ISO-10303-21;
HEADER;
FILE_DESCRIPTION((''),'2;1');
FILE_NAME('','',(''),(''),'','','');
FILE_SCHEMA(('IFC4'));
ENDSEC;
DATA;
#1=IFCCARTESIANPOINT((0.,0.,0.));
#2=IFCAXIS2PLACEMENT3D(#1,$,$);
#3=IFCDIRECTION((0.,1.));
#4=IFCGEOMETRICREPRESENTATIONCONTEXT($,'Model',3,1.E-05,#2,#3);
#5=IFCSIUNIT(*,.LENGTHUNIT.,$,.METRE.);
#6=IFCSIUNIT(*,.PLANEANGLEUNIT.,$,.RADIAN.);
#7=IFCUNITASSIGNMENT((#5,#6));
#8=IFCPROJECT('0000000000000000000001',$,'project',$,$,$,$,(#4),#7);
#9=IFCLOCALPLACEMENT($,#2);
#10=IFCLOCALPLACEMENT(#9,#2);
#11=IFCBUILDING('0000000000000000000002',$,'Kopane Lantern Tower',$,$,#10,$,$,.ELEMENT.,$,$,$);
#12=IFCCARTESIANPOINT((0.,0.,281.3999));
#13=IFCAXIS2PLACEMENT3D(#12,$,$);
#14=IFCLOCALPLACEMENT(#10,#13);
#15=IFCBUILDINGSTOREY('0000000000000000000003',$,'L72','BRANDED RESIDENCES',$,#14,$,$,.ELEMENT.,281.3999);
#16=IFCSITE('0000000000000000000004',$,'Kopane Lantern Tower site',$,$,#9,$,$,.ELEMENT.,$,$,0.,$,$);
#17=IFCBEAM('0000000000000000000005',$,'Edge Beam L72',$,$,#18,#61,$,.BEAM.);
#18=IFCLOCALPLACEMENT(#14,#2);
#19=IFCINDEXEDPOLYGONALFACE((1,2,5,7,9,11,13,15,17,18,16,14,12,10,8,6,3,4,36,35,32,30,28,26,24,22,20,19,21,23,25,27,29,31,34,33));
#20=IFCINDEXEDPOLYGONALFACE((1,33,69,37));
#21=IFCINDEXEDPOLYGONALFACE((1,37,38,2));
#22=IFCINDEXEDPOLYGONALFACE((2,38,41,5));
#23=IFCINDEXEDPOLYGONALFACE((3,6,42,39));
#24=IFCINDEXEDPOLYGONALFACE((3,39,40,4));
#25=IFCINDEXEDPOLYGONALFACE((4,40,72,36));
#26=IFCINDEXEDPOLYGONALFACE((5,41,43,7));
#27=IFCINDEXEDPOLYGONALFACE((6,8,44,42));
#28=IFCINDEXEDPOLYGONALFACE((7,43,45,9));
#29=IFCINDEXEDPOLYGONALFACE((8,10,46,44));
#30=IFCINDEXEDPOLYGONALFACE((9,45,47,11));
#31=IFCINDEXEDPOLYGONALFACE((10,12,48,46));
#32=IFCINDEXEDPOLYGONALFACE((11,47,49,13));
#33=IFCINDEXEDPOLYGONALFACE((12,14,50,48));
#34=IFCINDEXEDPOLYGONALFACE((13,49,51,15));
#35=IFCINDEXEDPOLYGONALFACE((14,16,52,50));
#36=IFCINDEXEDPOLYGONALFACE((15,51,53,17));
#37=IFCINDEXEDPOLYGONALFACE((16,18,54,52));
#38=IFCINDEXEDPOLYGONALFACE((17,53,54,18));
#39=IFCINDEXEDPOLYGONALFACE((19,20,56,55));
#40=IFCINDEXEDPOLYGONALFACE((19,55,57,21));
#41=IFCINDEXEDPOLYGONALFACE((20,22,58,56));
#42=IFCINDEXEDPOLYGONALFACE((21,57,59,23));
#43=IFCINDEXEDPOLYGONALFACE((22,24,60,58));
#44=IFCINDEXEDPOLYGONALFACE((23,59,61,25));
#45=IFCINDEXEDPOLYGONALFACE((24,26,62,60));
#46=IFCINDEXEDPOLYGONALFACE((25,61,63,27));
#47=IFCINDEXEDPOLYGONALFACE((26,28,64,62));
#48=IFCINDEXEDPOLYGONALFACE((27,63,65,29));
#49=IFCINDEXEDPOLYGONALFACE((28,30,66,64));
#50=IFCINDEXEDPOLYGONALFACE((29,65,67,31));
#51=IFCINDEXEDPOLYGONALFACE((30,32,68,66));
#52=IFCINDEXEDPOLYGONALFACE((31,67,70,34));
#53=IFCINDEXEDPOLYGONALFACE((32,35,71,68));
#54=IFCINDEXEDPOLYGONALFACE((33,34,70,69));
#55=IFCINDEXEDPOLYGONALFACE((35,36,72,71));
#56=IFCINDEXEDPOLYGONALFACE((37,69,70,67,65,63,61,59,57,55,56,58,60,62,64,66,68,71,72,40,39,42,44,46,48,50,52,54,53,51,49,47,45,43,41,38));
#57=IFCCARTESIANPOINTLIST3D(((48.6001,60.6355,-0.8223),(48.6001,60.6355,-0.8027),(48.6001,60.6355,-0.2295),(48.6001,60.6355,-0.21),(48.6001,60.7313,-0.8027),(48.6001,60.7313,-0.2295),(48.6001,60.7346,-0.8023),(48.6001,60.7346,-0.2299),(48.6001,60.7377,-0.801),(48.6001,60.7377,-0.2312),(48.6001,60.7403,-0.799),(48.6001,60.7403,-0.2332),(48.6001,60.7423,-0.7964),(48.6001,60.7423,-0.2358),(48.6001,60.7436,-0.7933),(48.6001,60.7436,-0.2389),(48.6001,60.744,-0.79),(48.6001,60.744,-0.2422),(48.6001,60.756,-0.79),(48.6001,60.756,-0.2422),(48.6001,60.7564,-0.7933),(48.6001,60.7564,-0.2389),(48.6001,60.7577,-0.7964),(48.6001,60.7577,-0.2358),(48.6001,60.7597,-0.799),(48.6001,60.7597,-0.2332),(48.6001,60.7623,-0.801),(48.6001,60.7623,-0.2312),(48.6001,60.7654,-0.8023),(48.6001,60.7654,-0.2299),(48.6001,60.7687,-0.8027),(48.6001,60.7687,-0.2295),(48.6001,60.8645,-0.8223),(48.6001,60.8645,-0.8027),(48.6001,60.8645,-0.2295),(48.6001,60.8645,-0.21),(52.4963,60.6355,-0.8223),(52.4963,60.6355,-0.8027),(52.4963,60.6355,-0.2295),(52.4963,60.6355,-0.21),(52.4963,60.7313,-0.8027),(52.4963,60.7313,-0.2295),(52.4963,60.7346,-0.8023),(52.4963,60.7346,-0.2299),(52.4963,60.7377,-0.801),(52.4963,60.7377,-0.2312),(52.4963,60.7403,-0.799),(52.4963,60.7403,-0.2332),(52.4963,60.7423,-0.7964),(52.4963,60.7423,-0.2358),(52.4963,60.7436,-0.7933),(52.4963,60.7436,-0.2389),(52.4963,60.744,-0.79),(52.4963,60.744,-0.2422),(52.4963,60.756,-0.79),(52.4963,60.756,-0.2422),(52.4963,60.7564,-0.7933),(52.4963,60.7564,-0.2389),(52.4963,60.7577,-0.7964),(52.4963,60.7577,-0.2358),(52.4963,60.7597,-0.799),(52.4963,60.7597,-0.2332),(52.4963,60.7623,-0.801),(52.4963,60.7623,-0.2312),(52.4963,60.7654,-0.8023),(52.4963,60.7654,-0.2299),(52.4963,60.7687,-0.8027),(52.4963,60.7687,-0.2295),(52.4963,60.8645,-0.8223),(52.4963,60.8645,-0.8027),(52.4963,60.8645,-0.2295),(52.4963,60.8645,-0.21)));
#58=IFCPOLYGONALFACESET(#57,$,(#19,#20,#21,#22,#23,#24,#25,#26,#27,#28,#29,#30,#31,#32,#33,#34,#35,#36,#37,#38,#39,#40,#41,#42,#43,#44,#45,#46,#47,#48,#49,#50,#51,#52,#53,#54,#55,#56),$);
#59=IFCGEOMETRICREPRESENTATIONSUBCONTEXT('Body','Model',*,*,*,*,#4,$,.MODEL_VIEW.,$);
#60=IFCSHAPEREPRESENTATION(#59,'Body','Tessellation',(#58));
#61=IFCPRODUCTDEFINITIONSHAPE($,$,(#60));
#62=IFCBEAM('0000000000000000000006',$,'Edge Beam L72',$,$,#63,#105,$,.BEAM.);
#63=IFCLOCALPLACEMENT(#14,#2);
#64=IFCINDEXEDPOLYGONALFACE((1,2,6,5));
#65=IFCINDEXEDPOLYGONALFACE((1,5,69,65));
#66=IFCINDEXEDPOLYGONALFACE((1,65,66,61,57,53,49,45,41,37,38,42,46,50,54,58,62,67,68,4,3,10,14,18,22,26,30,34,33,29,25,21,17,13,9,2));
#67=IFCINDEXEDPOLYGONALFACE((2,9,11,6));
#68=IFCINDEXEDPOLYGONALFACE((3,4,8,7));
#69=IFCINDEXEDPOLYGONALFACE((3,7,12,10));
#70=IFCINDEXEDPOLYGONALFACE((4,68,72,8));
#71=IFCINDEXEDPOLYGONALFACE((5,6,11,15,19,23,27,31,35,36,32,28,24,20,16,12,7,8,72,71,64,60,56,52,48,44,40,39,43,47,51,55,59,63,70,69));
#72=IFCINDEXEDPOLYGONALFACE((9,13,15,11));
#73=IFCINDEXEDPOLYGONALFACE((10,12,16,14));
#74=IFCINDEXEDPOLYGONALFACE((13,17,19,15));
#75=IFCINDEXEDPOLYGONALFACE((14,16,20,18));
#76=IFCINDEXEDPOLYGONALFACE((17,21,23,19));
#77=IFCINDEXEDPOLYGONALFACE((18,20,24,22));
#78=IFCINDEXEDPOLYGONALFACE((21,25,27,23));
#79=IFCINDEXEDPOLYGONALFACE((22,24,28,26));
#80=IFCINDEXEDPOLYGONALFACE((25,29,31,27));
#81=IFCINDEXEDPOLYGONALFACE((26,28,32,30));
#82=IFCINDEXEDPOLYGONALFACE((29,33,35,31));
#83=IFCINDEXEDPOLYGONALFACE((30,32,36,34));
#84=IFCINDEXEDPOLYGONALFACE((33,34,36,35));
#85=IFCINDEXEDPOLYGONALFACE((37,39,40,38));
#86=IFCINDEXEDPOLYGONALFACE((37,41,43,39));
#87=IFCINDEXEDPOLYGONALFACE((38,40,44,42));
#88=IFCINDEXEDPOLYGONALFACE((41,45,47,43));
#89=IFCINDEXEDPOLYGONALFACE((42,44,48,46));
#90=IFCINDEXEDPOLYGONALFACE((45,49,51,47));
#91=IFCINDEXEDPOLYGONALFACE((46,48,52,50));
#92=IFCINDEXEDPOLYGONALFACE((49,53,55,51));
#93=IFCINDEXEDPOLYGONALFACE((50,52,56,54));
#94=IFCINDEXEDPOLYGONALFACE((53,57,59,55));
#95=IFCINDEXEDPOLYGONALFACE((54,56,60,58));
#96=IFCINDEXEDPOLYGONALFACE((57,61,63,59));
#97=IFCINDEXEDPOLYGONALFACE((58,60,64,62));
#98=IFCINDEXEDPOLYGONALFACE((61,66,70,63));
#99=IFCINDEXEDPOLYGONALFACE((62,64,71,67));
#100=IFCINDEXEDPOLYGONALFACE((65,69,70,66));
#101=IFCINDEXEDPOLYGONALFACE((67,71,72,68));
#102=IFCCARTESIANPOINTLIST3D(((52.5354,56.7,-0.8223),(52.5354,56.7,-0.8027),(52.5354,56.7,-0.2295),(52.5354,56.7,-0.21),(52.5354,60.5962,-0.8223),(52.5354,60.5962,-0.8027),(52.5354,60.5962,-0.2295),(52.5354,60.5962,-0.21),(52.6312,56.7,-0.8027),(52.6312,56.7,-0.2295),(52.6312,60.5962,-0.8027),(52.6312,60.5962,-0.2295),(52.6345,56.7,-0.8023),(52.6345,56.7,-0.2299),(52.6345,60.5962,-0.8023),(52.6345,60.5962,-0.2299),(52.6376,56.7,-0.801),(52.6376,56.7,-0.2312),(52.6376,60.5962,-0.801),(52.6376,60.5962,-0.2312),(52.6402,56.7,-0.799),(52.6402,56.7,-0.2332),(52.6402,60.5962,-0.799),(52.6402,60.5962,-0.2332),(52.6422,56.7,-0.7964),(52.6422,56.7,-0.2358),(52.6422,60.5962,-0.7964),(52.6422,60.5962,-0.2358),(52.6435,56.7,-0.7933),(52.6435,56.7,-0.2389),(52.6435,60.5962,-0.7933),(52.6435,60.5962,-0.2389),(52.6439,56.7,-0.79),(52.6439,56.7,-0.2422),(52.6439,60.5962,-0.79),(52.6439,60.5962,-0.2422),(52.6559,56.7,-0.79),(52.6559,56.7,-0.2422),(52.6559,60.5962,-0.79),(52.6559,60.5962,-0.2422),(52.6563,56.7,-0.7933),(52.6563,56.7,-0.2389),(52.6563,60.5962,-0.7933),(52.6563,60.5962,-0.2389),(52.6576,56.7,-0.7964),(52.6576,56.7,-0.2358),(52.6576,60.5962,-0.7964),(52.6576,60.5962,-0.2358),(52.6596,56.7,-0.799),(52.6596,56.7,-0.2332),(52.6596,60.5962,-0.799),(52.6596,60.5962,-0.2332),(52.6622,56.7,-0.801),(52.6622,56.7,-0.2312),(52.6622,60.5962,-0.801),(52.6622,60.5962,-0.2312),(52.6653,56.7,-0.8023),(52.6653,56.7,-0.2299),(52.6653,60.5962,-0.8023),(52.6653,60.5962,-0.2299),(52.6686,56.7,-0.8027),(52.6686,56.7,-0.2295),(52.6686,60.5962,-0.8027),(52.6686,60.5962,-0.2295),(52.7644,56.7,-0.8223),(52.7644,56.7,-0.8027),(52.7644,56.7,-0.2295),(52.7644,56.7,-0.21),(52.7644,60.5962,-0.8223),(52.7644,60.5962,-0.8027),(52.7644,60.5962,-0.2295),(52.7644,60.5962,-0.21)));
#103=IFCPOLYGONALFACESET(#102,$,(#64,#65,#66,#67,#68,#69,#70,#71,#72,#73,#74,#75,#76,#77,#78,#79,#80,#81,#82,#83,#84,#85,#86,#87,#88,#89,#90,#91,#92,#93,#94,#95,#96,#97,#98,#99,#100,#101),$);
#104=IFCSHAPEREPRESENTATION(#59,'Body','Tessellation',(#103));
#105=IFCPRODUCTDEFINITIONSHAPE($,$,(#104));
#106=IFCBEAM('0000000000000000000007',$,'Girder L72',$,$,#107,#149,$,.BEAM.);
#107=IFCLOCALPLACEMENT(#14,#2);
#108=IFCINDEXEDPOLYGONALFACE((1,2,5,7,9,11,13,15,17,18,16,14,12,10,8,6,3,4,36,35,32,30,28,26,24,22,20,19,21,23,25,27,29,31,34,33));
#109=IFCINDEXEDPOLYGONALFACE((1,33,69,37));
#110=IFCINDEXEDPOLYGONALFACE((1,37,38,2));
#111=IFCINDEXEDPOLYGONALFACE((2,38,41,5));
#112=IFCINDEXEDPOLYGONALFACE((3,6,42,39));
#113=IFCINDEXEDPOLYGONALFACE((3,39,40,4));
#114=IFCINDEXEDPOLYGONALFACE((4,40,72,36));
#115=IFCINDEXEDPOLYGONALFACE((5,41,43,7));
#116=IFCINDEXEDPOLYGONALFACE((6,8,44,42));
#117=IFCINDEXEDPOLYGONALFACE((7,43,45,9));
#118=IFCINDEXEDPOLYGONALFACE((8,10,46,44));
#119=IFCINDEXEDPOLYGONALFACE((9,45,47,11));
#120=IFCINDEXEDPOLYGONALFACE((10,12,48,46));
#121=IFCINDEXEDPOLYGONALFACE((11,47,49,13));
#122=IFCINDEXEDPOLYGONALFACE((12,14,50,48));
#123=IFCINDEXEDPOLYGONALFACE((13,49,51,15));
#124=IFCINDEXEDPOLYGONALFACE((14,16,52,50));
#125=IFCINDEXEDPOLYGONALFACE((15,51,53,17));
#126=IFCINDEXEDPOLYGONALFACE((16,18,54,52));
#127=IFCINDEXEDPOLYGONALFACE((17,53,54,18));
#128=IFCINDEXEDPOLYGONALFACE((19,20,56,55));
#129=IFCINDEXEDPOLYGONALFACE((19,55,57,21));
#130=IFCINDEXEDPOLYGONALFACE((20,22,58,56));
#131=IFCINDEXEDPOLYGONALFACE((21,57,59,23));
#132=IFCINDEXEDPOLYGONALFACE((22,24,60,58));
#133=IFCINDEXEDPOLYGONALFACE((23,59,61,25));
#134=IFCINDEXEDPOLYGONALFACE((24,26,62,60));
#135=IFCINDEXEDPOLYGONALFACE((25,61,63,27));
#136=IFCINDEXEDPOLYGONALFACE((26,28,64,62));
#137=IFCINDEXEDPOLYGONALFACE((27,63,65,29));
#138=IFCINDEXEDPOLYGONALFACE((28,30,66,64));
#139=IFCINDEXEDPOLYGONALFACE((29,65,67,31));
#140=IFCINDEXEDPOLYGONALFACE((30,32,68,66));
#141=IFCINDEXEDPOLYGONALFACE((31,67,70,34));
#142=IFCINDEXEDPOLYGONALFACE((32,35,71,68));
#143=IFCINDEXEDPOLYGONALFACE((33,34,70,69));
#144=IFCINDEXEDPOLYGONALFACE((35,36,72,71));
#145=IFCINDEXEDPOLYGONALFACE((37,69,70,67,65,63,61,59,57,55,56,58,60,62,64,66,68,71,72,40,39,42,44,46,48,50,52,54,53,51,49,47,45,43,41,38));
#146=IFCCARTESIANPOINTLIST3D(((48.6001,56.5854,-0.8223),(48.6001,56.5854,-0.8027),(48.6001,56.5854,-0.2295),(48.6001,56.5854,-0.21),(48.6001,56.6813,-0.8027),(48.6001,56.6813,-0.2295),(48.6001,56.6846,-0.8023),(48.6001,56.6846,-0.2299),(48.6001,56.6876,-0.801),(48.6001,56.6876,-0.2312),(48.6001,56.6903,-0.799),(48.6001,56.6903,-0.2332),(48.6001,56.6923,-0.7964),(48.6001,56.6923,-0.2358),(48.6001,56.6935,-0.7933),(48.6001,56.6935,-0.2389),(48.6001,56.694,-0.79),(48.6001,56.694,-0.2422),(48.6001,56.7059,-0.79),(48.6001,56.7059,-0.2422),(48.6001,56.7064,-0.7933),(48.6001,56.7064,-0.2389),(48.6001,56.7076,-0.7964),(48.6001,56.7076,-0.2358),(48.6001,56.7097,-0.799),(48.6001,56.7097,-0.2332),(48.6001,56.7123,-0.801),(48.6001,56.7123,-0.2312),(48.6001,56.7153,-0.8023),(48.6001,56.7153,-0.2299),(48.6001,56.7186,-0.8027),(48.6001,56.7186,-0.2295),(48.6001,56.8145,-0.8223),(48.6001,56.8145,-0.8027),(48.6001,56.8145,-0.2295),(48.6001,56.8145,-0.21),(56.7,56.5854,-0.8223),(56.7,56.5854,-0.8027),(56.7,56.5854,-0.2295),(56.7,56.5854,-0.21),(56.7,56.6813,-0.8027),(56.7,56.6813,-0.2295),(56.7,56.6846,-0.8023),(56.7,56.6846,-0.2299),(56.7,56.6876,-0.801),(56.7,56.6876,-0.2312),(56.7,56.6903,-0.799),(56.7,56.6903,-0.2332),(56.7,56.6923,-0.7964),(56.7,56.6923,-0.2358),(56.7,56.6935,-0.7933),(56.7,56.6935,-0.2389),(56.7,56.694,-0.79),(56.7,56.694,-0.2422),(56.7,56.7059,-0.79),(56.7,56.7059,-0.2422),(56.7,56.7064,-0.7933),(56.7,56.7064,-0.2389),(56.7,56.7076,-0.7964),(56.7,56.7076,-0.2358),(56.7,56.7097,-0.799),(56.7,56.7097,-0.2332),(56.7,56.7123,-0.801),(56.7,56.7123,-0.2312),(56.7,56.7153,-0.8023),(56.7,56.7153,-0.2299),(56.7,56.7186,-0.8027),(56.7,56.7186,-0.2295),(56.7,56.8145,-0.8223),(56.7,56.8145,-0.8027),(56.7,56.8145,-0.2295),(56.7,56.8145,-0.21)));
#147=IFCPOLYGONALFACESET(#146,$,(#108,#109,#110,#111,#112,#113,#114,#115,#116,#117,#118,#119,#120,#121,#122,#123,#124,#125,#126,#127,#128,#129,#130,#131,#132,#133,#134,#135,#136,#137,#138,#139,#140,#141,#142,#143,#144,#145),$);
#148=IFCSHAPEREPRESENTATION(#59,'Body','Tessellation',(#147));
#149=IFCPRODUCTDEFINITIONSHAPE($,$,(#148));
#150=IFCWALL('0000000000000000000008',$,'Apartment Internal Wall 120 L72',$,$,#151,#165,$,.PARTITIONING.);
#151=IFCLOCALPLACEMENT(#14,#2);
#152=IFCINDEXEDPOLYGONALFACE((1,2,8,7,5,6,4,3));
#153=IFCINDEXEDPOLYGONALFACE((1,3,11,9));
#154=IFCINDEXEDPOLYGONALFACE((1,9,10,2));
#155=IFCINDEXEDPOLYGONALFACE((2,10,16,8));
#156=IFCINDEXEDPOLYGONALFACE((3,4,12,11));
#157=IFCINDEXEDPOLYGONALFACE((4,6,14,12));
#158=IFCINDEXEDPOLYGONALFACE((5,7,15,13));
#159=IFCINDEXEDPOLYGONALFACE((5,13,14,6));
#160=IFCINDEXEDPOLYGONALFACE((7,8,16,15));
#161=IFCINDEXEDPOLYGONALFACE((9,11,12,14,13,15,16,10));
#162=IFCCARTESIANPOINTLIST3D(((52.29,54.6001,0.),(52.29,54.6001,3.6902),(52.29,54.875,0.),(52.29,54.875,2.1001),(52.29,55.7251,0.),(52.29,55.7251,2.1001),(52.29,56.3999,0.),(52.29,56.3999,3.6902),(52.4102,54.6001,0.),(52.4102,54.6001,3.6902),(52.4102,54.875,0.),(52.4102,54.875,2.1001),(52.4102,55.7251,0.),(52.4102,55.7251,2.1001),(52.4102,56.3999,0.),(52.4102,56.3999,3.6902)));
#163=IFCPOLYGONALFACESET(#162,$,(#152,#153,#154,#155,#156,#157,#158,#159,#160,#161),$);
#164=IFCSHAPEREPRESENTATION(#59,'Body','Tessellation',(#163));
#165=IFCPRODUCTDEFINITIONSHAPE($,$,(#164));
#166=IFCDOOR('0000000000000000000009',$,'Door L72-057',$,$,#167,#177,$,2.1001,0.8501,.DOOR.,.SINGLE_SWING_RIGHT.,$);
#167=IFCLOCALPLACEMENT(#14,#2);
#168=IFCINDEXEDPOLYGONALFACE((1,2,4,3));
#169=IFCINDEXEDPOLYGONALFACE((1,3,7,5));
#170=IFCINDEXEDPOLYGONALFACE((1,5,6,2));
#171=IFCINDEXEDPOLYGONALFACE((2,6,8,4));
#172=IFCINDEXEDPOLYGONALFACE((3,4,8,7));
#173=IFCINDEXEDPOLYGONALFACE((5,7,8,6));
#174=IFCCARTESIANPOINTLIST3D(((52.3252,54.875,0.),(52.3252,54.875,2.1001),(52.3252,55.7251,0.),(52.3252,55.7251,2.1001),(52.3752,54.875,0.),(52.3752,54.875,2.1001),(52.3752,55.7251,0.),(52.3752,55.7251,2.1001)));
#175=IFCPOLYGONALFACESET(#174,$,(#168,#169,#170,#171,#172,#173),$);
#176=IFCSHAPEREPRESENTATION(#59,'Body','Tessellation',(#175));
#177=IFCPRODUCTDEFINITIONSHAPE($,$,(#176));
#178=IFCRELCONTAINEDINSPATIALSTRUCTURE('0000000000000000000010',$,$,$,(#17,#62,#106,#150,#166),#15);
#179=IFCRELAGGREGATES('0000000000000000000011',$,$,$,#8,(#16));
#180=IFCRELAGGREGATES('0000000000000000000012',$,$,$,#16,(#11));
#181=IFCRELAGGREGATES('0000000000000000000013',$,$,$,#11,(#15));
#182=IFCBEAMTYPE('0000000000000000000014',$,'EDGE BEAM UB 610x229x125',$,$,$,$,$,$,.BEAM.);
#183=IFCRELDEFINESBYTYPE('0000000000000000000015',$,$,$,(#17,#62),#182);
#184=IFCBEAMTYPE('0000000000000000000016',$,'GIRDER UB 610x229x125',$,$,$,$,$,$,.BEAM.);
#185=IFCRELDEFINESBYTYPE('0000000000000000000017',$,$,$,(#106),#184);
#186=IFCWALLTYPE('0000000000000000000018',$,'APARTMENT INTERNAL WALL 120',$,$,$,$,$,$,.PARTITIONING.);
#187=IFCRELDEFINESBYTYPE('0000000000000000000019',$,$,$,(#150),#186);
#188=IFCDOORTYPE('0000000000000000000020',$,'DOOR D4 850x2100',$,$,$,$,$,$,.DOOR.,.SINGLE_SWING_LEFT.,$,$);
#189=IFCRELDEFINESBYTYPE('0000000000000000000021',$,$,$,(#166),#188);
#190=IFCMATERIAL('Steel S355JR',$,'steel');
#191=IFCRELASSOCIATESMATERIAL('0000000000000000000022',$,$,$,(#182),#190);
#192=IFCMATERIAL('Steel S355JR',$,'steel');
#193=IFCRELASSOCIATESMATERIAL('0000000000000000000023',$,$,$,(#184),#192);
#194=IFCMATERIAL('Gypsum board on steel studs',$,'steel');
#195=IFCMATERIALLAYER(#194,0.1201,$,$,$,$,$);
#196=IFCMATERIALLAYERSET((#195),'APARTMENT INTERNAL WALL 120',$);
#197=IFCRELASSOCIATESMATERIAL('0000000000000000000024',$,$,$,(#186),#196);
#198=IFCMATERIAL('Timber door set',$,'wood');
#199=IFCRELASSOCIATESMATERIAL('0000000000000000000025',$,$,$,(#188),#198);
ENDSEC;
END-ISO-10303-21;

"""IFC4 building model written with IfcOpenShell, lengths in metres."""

from ifc_helpers import new_model, si_unit, direction, frame, frame_2d, origin, origin_2d, place, context, subcontext, project, spatial, rectangle, i_section, extrude, material, layer, layer_set, material_profile, profile_set, type_object, element, fill, save


model = new_model("IFC4")

# Units and contexts
model_context = context("Model", 3, precision=1e-05, world=origin(), true_north=direction((0.0, 1.0)))
body_context = subcontext(model_context, "Body", "Model", "MODEL_VIEW")
ifc_project = project(units=[si_unit("LENGTHUNIT", "METRE"), si_unit("PLANEANGLEUNIT", "RADIAN")], contexts=[model_context])

# Site, building, storey
site_placement = place(None, origin())
site = spatial("IfcSite", under=ifc_project, at=site_placement, Name="Kopane Lantern Tower site", CompositionType="ELEMENT", RefElevation=0.0)
building_placement = place(site_placement, origin())
building = spatial("IfcBuilding", under=site, at=building_placement, Name="Kopane Lantern Tower", CompositionType="ELEMENT")
storey_placement = place(building_placement, frame((0.0, 0.0, 281.3999)))
storey = spatial("IfcBuildingStorey", under=building, at=storey_placement, Name="L72", Description="BRANDED RESIDENCES", CompositionType="ELEMENT", Elevation=281.3999)

# Beams
ifc_material_1 = material(Name="Steel S355JR", Category="steel")
ifc_material_profile_1 = material_profile(ifc_material_1, i_section(OverallWidth=0.229, OverallDepth=0.6123, WebThickness=0.012, FlangeThickness=0.0195, FilletRadius=0.0127, at=origin_2d()), Name="UB 610x229x125")
ifc_profile_set_1 = profile_set([ifc_material_profile_1], Name="Steel S355JR")
beam_type_1 = type_object("IfcBeamType", Name="EDGE BEAM UB 610x229x125", PredefinedType="BEAM", material=ifc_profile_set_1)
for number, where, z_axis, x_axis, name in (
    (1, (52.4963, 60.75, -0.5161), (-1.0, 0.0, 0.0), (0.0, -1.0, 0.0), "Edge Beam L72"),
    (2, (52.6499, 60.5962, -0.5161), (0.0, -1.0, 0.0), (1.0, 0.0, 0.0), "Edge Beam L72"),
):
    element("IfcBeam", number, at=place(storey_placement, frame(where, z_axis=z_axis, x_axis=x_axis)), inside=storey, type_object=beam_type_1, Name=name, PredefinedType="BEAM", context=body_context, shape_type="SweptSolid", body=[
        extrude(i_section(OverallWidth=0.229, OverallDepth=0.6123, WebThickness=0.012, FlangeThickness=0.0195, FilletRadius=0.0127, at=origin_2d()), origin(), (0.0, 0.0, 1.0), 3.8962),
    ])
ifc_material_2 = material(Name="Steel S355JR", Category="steel")
ifc_material_profile_2 = material_profile(ifc_material_2, i_section(OverallWidth=0.229, OverallDepth=0.6123, WebThickness=0.012, FlangeThickness=0.0195, FilletRadius=0.0127, at=origin_2d()), Name="UB 610x229x125")
ifc_profile_set_2 = profile_set([ifc_material_profile_2], Name="Steel S355JR")
beam_type_2 = type_object("IfcBeamType", Name="GIRDER UB 610x229x125", PredefinedType="BEAM", material=ifc_profile_set_2)
beam_1_placement = place(storey_placement, frame((48.6001, 56.7, -0.5161), z_axis=(1.0, 0.0, 0.0), x_axis=(0.0, 1.0, 0.0)))
element("IfcBeam", 3, at=beam_1_placement, inside=storey, type_object=beam_type_2, Name="Girder L72", PredefinedType="BEAM", context=body_context, shape_type="SweptSolid", body=[
    extrude(i_section(OverallWidth=0.229, OverallDepth=0.6123, WebThickness=0.012, FlangeThickness=0.0195, FilletRadius=0.0127, at=origin_2d()), origin(), (0.0, 0.0, 1.0), 8.0999),
])

# Wall, opening, door
ifc_material_3 = material(Name="Gypsum board on steel studs", Category="steel")
ifc_layer_1 = layer(ifc_material_3, 0.1201)
ifc_layer_set_1 = layer_set([ifc_layer_1], Name="APARTMENT INTERNAL WALL 120")
wall_type_1 = type_object("IfcWallType", Name="APARTMENT INTERNAL WALL 120", PredefinedType="PARTITIONING", material=ifc_layer_set_1)
wall_1_placement = place(storey_placement, frame((52.3501, 54.6001, 0.0), z_axis=(0.0, 0.0, 1.0), x_axis=(0.0, 1.0, 0.0)))
wall_1 = element("IfcWall", 4, at=wall_1_placement, inside=storey, type_object=wall_type_1, Name="Apartment Internal Wall 120 L72", PredefinedType="PARTITIONING", context=body_context, shape_type="SweptSolid", body=[
    extrude(rectangle(XDim=1.7998, YDim=0.1201, at=frame_2d((0.8999, 0.0))), origin(), (0.0, 0.0, 1.0), 3.6902),
])
opening_1_placement = place(wall_1_placement, frame((0.2749, 0.0, 0.0)))
opening_1 = element("IfcOpeningElement", 5, at=opening_1_placement, cuts=wall_1, PredefinedType="OPENING", context=body_context, shape_type="SweptSolid", body=[
    extrude(rectangle(XDim=0.8501, YDim=2.1001, at=frame_2d((0.425, 1.05))), frame((0.0, 0.0701, 0.0), z_axis=(0.0, -1.0, 0.0), x_axis=(1.0, 0.0, 0.0)), (0.0, 0.0, 1.0), 0.1401),
])
ifc_material_4 = material(Name="Timber door set", Category="wood")
door_type = type_object("IfcDoorType", Name="DOOR D4 850x2100", OperationType="SINGLE_SWING_LEFT", PredefinedType="DOOR", material=ifc_material_4)
door_placement = place(opening_1_placement, origin())
door = element("IfcDoor", 6, at=door_placement, inside=storey, type_object=door_type, Name="Door L72-057", OperationType="SINGLE_SWING_RIGHT", OverallHeight=2.1001, OverallWidth=0.8501, PredefinedType="DOOR", context=body_context, shape_type="SweptSolid", body=[
    extrude(rectangle(XDim=0.8501, YDim=2.1001, at=frame_2d((0.425, 1.05))), frame((0.0, 0.0249, 0.0), z_axis=(0.0, -1.0, 0.0), x_axis=(1.0, 0.0, 0.0)), (0.0, 0.0, 1.0), 0.05),
])
fill(opening_1, door)

save(model, "model.ifc")
